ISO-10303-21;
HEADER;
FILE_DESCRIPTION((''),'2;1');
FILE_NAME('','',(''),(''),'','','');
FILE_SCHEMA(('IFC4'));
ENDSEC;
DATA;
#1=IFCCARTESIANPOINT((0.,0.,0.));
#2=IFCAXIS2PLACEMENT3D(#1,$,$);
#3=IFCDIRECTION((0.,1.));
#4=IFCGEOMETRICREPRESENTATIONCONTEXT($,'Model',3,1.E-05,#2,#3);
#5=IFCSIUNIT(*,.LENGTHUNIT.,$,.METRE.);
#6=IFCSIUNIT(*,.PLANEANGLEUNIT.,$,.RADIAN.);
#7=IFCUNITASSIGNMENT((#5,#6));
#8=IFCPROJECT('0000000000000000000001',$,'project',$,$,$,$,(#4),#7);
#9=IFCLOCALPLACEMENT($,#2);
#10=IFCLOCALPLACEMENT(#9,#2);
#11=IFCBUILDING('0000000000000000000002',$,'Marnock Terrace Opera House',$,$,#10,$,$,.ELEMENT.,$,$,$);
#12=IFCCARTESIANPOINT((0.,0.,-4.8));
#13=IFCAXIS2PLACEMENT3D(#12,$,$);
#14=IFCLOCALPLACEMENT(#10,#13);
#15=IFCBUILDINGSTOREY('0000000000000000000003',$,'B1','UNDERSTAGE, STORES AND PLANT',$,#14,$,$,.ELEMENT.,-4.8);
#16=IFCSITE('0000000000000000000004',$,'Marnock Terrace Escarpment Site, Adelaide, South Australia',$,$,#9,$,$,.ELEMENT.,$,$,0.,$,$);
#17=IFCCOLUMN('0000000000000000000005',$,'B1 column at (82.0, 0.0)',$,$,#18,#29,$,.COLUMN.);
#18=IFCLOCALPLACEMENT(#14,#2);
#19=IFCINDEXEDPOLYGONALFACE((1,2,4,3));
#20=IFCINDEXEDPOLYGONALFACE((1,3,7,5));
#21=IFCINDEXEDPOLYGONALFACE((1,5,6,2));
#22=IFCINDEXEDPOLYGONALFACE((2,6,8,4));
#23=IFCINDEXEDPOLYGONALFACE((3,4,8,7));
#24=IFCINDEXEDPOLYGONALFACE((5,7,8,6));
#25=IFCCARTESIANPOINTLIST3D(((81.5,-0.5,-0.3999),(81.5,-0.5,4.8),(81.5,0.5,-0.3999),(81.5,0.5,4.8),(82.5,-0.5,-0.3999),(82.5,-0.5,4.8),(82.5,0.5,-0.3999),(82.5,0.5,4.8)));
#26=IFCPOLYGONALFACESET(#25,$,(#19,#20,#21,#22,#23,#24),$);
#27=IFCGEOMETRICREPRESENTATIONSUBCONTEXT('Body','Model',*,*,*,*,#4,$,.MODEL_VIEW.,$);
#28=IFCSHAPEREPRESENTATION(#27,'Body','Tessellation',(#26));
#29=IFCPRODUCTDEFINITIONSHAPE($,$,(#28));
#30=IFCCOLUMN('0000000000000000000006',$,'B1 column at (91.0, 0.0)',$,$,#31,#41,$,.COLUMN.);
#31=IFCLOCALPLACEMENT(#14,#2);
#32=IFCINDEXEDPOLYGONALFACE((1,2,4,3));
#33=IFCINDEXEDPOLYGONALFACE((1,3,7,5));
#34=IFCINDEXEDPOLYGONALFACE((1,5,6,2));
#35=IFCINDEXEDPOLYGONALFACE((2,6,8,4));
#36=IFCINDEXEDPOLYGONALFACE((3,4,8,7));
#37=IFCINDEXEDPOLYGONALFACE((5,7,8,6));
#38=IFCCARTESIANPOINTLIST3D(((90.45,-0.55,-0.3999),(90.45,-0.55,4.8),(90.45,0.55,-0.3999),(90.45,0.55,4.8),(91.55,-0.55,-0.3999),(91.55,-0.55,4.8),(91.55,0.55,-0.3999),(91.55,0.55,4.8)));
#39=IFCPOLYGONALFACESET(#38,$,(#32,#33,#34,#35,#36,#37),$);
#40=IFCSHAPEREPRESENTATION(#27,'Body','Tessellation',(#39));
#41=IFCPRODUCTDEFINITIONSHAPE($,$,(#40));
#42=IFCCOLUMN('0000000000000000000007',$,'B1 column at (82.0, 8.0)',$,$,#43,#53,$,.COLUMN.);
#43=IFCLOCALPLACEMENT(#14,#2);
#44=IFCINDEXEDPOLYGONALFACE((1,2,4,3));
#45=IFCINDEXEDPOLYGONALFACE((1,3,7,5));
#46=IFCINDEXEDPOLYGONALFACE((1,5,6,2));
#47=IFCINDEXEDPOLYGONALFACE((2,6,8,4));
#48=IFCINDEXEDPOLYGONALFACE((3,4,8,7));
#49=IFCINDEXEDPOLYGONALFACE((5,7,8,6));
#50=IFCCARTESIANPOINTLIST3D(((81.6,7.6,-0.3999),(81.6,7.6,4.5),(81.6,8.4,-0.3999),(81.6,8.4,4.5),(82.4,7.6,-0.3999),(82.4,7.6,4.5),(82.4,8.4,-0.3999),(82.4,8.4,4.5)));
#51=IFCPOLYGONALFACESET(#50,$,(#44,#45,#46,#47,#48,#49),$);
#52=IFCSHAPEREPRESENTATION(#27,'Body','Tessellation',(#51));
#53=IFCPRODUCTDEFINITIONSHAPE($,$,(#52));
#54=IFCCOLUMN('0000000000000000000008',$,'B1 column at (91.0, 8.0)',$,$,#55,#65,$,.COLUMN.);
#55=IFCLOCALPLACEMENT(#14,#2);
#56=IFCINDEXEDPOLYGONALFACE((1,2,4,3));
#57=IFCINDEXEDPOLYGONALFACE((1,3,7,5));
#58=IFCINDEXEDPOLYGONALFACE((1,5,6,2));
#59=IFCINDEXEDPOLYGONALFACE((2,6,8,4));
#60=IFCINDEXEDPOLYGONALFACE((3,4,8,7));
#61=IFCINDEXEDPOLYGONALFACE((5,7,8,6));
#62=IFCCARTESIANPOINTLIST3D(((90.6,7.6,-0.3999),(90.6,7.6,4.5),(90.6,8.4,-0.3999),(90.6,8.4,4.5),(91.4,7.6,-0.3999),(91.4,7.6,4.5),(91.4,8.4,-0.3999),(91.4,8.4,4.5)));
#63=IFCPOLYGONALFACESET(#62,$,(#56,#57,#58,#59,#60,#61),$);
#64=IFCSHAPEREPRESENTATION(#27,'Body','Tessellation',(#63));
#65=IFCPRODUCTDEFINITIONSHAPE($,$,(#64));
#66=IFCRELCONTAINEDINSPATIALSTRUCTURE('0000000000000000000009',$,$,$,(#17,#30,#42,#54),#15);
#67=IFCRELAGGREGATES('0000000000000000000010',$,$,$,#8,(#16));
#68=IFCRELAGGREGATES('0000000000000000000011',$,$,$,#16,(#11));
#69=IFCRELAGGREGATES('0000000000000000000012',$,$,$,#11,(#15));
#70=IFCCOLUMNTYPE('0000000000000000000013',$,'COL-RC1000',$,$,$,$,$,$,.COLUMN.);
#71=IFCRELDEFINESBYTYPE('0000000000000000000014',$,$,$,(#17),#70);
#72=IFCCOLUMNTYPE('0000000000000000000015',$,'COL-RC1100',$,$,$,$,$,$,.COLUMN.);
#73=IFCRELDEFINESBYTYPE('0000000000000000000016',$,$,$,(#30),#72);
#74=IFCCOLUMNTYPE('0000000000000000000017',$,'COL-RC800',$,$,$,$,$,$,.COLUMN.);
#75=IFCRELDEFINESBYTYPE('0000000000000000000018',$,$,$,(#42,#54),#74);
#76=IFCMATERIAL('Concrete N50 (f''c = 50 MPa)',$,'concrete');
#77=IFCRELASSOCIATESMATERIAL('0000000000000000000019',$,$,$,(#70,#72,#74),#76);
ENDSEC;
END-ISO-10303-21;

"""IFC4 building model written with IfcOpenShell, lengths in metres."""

from ifc_helpers import new_model, si_unit, direction, frame, origin, origin_2d, place, context, subcontext, project, spatial, rectangle, extrude, material, material_profile, profile_set, type_object, element, save


model = new_model("IFC4")

# Units and contexts
model_context = context("Model", 3, precision=1e-05, world=origin(), true_north=direction((0.0, 1.0)))
body_context = subcontext(model_context, "Body", "Model", "MODEL_VIEW")
ifc_project = project(units=[si_unit("LENGTHUNIT", "METRE"), si_unit("PLANEANGLEUNIT", "RADIAN")], contexts=[model_context])

# Site, building, storey
site_placement = place(None, origin())
site = spatial("IfcSite", under=ifc_project, at=site_placement, Name="Marnock Terrace Escarpment Site, Adelaide, South Australia", CompositionType="ELEMENT", RefElevation=0.0)
building_placement = place(site_placement, origin())
building = spatial("IfcBuilding", under=site, at=building_placement, Name="Marnock Terrace Opera House", CompositionType="ELEMENT")
storey_placement = place(building_placement, frame((0.0, 0.0, -4.8)))
storey = spatial("IfcBuildingStorey", under=building, at=storey_placement, Name="B1", Description="UNDERSTAGE, STORES AND PLANT", CompositionType="ELEMENT", Elevation=-4.8)

# Columns
ifc_material_1 = material(Name="Concrete N50 (f'c = 50 MPa)", Category="concrete")
ifc_material_profile_1 = material_profile(ifc_material_1, rectangle(XDim=1.0, YDim=1.0, at=origin_2d()))
ifc_profile_set_1 = profile_set([ifc_material_profile_1], Name="Concrete N50 (f'c = 50 MPa)")
column_type_1 = type_object("IfcColumnType", Name="COL-RC1000", PredefinedType="COLUMN", material=ifc_profile_set_1)
column_1_placement = place(storey_placement, frame((82.0, 0.0, -0.3999), z_axis=(0.0, 0.0, 1.0), x_axis=(1.0, 0.0, 0.0)))
element("IfcColumn", 1, at=column_1_placement, inside=storey, type_object=column_type_1, Name="B1 column at (82.0, 0.0)", PredefinedType="COLUMN", context=body_context, shape_type="SweptSolid", body=[
    extrude(rectangle(XDim=1.0, YDim=1.0, at=origin_2d()), origin(), (0.0, 0.0, 1.0), 5.2),
])
ifc_material_profile_2 = material_profile(ifc_material_1, rectangle(XDim=1.1001, YDim=1.1001, at=origin_2d()))
ifc_profile_set_2 = profile_set([ifc_material_profile_2], Name="Concrete N50 (f'c = 50 MPa)")
column_type_2 = type_object("IfcColumnType", Name="COL-RC1100", PredefinedType="COLUMN", material=ifc_profile_set_2)
column_2_placement = place(storey_placement, frame((91.0, 0.0, -0.3999), z_axis=(0.0, 0.0, 1.0), x_axis=(1.0, 0.0, 0.0)))
element("IfcColumn", 2, at=column_2_placement, inside=storey, type_object=column_type_2, Name="B1 column at (91.0, 0.0)", PredefinedType="COLUMN", context=body_context, shape_type="SweptSolid", body=[
    extrude(rectangle(XDim=1.1001, YDim=1.1001, at=origin_2d()), origin(), (0.0, 0.0, 1.0), 5.2),
])
ifc_material_profile_3 = material_profile(ifc_material_1, rectangle(XDim=0.8, YDim=0.8, at=origin_2d()))
ifc_profile_set_3 = profile_set([ifc_material_profile_3], Name="Concrete N50 (f'c = 50 MPa)")
column_type_3 = type_object("IfcColumnType", Name="COL-RC800", PredefinedType="COLUMN", material=ifc_profile_set_3)
for number, where, z_axis, x_axis, name in (
    (3, (82.0, 8.0, -0.3999), (0.0, 0.0, 1.0), (1.0, 0.0, 0.0), "B1 column at (82.0, 8.0)"),
    (4, (91.0, 8.0, -0.3999), (0.0, 0.0, 1.0), (1.0, 0.0, 0.0), "B1 column at (91.0, 8.0)"),
):
    element("IfcColumn", number, at=place(storey_placement, frame(where, z_axis=z_axis, x_axis=x_axis)), inside=storey, type_object=column_type_3, Name=name, PredefinedType="COLUMN", context=body_context, shape_type="SweptSolid", body=[
        extrude(rectangle(XDim=0.8, YDim=0.8, at=origin_2d()), origin(), (0.0, 0.0, 1.0), 4.8999),
    ])

save(model, "model.ifc")
